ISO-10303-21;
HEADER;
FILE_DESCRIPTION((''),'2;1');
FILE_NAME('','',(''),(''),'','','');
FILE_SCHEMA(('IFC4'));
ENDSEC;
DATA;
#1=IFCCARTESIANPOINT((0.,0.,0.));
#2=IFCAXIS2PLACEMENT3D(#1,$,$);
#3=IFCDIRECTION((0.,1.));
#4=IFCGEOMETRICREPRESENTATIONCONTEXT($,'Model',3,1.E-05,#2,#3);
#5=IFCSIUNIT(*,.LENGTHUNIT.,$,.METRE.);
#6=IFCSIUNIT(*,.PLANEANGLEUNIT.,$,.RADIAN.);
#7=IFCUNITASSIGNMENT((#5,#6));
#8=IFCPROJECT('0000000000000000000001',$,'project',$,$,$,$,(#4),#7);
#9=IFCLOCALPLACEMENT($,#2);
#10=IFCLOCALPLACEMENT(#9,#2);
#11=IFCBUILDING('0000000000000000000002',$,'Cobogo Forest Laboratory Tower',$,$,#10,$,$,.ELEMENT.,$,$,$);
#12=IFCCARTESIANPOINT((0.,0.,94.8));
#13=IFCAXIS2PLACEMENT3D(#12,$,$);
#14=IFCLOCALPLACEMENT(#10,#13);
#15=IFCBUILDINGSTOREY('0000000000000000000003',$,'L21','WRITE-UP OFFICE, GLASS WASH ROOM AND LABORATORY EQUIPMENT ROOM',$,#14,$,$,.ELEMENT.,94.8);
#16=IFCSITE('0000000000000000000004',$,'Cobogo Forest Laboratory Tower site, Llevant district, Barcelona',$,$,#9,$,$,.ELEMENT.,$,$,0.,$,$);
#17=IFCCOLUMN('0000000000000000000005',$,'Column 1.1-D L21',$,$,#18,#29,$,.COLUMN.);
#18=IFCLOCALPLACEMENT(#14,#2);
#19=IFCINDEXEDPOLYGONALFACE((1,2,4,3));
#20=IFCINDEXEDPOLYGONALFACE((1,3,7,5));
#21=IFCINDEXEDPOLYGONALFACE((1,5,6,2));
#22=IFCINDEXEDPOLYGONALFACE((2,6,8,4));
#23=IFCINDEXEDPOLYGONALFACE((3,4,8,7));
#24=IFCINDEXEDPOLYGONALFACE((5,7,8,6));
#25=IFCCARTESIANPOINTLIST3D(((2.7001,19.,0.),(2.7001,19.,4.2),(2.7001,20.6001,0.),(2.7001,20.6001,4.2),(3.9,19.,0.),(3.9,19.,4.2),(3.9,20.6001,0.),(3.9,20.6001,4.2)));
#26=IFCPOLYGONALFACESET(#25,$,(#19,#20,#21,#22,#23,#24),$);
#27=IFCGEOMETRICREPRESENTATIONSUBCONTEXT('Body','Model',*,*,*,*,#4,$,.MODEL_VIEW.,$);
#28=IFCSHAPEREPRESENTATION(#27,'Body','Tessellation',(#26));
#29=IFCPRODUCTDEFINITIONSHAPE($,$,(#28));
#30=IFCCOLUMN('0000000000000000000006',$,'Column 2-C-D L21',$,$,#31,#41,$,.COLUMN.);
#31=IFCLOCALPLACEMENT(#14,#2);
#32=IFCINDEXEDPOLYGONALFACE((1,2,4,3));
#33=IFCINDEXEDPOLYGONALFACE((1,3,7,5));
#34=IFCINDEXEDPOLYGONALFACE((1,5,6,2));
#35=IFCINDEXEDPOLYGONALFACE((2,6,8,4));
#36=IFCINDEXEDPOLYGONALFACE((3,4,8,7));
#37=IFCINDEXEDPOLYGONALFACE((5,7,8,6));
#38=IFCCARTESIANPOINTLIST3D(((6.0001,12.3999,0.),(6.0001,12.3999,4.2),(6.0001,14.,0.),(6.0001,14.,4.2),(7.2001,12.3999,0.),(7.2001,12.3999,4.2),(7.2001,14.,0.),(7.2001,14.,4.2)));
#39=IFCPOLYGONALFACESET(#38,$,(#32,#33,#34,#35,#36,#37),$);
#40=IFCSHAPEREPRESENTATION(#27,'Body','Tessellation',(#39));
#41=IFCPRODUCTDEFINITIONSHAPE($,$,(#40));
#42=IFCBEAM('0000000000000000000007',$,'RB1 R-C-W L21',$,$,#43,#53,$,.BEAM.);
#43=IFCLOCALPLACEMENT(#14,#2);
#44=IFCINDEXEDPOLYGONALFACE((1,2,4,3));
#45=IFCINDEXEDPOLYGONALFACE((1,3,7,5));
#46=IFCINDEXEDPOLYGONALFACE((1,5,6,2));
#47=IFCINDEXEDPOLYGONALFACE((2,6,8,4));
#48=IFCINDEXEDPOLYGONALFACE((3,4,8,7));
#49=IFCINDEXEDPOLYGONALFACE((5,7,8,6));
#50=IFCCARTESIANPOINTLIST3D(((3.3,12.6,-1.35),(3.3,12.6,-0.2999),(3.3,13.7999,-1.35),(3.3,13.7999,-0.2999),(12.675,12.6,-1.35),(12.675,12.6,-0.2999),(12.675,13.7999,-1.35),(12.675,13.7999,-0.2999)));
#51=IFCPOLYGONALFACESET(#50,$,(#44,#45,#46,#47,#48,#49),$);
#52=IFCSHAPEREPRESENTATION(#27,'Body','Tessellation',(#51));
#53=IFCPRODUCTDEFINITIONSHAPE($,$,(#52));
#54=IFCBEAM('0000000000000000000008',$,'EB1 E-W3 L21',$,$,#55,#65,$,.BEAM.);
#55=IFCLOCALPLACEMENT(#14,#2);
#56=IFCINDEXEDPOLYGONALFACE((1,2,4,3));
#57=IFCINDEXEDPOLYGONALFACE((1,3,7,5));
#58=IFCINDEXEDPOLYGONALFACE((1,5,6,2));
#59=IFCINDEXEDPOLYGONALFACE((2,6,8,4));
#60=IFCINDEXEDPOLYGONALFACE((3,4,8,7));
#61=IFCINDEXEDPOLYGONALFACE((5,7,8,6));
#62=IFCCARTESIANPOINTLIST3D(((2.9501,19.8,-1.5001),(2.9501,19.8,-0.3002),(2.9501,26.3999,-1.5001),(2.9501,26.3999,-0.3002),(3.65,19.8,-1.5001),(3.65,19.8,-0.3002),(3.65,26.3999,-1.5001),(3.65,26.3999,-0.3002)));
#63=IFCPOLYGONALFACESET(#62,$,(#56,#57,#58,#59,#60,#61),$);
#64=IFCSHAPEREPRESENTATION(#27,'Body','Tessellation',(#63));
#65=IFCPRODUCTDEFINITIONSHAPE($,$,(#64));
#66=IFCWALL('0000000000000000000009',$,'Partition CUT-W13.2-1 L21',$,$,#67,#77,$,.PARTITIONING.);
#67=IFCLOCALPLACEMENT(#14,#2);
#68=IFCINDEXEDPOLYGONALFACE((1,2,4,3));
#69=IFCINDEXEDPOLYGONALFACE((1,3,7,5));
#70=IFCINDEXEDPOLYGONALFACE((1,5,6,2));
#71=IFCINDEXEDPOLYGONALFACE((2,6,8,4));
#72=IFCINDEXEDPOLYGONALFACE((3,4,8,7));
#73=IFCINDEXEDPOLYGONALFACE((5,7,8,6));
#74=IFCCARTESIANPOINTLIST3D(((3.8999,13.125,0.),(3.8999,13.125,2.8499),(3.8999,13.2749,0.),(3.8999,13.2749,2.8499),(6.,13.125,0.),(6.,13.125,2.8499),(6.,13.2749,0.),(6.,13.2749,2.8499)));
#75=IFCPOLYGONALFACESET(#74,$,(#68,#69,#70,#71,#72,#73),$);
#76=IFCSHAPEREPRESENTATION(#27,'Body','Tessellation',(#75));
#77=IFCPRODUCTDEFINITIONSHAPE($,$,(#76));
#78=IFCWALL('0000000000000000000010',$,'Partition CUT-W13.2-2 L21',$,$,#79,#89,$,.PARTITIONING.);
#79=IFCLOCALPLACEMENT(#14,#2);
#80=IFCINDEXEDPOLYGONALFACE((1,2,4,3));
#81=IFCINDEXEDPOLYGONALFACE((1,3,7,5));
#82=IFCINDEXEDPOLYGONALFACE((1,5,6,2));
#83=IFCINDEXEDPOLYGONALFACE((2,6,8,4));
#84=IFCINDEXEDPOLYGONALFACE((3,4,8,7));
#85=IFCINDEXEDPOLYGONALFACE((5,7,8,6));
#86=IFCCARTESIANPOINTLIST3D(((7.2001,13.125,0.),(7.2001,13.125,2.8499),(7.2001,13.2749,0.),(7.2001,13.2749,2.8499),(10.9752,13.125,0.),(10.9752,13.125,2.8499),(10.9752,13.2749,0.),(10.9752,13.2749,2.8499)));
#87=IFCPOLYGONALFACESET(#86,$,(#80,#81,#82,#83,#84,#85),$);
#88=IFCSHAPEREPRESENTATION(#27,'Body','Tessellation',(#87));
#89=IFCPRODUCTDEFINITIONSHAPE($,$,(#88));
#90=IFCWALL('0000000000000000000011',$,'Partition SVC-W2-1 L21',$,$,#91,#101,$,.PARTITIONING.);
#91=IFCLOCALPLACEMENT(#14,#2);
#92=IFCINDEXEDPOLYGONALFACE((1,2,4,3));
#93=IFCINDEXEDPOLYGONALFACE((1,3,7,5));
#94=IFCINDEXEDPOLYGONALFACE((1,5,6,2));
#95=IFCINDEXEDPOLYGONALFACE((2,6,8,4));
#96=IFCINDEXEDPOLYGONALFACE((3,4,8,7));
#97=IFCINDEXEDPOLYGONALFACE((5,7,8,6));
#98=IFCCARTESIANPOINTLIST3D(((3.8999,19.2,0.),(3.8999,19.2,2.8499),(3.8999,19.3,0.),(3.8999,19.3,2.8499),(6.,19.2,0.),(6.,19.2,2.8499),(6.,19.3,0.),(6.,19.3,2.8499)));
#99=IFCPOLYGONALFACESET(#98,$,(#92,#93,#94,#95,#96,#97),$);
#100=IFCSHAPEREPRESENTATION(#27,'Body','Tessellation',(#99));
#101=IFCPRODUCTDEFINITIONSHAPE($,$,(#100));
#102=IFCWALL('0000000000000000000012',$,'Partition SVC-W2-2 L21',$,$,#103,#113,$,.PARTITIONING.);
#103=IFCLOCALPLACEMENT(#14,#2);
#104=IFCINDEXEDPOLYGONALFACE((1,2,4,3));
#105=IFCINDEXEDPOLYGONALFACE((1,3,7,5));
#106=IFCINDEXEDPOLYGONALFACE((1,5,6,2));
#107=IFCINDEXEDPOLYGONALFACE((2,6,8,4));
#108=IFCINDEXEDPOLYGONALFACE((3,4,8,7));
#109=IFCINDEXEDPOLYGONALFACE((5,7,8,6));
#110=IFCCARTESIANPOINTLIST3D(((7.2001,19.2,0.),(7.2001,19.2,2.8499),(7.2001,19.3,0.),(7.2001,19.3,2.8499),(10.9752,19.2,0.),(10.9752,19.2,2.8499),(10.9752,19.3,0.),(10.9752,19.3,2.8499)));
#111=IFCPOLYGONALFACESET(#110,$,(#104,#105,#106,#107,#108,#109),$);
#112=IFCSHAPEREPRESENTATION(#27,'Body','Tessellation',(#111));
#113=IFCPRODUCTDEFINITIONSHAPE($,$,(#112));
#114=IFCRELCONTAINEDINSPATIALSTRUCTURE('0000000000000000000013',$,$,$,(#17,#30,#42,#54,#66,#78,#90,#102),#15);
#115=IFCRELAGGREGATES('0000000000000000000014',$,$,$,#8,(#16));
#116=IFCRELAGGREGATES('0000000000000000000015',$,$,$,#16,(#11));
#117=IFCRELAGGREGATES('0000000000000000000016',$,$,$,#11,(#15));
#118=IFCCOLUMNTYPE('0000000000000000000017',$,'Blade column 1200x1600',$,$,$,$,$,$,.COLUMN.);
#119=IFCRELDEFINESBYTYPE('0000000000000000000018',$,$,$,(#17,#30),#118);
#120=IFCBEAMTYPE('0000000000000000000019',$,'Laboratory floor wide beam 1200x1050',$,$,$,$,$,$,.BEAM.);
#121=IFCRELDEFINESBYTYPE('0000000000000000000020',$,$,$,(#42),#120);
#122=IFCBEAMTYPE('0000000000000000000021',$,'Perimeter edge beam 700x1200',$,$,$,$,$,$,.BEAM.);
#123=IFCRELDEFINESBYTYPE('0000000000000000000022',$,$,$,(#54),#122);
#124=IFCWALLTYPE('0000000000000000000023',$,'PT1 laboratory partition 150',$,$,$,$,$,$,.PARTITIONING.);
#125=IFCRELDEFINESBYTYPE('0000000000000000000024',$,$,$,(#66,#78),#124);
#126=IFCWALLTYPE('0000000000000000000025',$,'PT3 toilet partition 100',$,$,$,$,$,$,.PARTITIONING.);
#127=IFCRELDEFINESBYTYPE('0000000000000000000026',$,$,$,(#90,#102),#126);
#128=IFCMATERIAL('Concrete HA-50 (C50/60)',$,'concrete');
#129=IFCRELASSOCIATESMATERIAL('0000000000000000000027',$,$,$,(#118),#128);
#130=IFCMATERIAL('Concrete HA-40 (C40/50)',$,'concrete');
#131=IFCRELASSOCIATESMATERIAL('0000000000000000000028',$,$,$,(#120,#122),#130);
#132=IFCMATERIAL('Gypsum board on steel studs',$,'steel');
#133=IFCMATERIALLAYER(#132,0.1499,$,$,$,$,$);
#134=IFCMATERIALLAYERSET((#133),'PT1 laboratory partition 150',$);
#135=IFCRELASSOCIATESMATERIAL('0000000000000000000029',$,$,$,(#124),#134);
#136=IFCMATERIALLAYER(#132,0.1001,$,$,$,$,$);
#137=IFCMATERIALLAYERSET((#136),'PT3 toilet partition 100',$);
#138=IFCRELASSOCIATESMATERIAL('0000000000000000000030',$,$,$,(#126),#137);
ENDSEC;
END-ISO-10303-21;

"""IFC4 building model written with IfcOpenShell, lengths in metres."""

from ifc_helpers import new_model, si_unit, direction, frame, frame_2d, origin, origin_2d, place, context, subcontext, project, spatial, rectangle, extrude, material, layer, layer_set, material_profile, profile_set, type_object, element, save


model = new_model("IFC4")

# Units and contexts
model_context = context("Model", 3, precision=1e-05, world=origin(), true_north=direction((0.0, 1.0)))
body_context = subcontext(model_context, "Body", "Model", "MODEL_VIEW")
ifc_project = project(units=[si_unit("LENGTHUNIT", "METRE"), si_unit("PLANEANGLEUNIT", "RADIAN")], contexts=[model_context])

# Site, building, storey
site_placement = place(None, origin())
site = spatial("IfcSite", under=ifc_project, at=site_placement, Name="Cobogo Forest Laboratory Tower site, Llevant district, Barcelona", CompositionType="ELEMENT", RefElevation=0.0)
building_placement = place(site_placement, origin())
building = spatial("IfcBuilding", under=site, at=building_placement, Name="Cobogo Forest Laboratory Tower", CompositionType="ELEMENT")
storey_placement = place(building_placement, frame((0.0, 0.0, 94.8)))
storey = spatial("IfcBuildingStorey", under=building, at=storey_placement, Name="L21", Description="WRITE-UP OFFICE, GLASS WASH ROOM AND LABORATORY EQUIPMENT ROOM", CompositionType="ELEMENT", Elevation=94.8)

# Columns
ifc_material_1 = material(Name="Concrete HA-50 (C50/60)", Category="concrete")
ifc_material_profile_1 = material_profile(ifc_material_1, rectangle(XDim=1.6001, YDim=1.2, at=origin_2d()), Name="RC 1200x1600")
ifc_profile_set_1 = profile_set([ifc_material_profile_1], Name="Concrete HA-50 (C50/60)")
column_type = type_object("IfcColumnType", Name="Blade column 1200x1600", PredefinedType="COLUMN", material=ifc_profile_set_1)
for number, where, z_axis, x_axis, name in (
    (1, (3.3, 19.8, 0.0), (0.0, 0.0, 1.0), (0.0, 1.0, 0.0), "Column 1.1-D L21"),
    (2, (6.6001, 13.2, 0.0), (0.0, 0.0, 1.0), (0.0, 1.0, 0.0), "Column 2-C-D L21"),
):
    element("IfcColumn", number, at=place(storey_placement, frame(where, z_axis=z_axis, x_axis=x_axis)), inside=storey, type_object=column_type, Name=name, PredefinedType="COLUMN", context=body_context, shape_type="SweptSolid", body=[
        extrude(rectangle(XDim=1.6001, YDim=1.2, at=origin_2d()), origin(), (0.0, 0.0, 1.0), 4.2),
    ])

# Beams
ifc_material_2 = material(Name="Concrete HA-40 (C40/50)", Category="concrete")
ifc_material_profile_2 = material_profile(ifc_material_2, rectangle(XDim=1.2, YDim=1.05, at=origin_2d()), Name="RC 1200x1050")
ifc_profile_set_2 = profile_set([ifc_material_profile_2], Name="Concrete HA-40 (C40/50)")
beam_type_1 = type_object("IfcBeamType", Name="Laboratory floor wide beam 1200x1050", PredefinedType="BEAM", material=ifc_profile_set_2)
beam_1_placement = place(storey_placement, frame((12.675, 13.2, -0.825), z_axis=(-1.0, 0.0, 0.0), x_axis=(0.0, -1.0, 0.0)))
element("IfcBeam", 3, at=beam_1_placement, inside=storey, type_object=beam_type_1, Name="RB1 R-C-W L21", PredefinedType="BEAM", context=body_context, shape_type="SweptSolid", body=[
    extrude(rectangle(XDim=1.2, YDim=1.05, at=origin_2d()), origin(), (0.0, 0.0, 1.0), 9.375),
])
ifc_material_profile_3 = material_profile(ifc_material_2, rectangle(XDim=0.7, YDim=1.2, at=origin_2d()), Name="RC 700x1200")
ifc_profile_set_3 = profile_set([ifc_material_profile_3], Name="Concrete HA-40 (C40/50)")
beam_type_2 = type_object("IfcBeamType", Name="Perimeter edge beam 700x1200", PredefinedType="BEAM", material=ifc_profile_set_3)
beam_2_placement = place(storey_placement, frame((3.3, 19.8, -0.9001), z_axis=(0.0, 1.0, 0.0), x_axis=(-1.0, 0.0, 0.0)))
element("IfcBeam", 4, at=beam_2_placement, inside=storey, type_object=beam_type_2, Name="EB1 E-W3 L21", PredefinedType="BEAM", context=body_context, shape_type="SweptSolid", body=[
    extrude(rectangle(XDim=0.7, YDim=1.2, at=origin_2d()), origin(), (0.0, 0.0, 1.0), 6.5999),
])

# Walls
ifc_material_3 = material(Name="Gypsum board on steel studs", Category="steel")
ifc_layer_1 = layer(ifc_material_3, 0.1499)
ifc_layer_set_1 = layer_set([ifc_layer_1], Name="PT1 laboratory partition 150")
wall_type_1 = type_object("IfcWallType", Name="PT1 laboratory partition 150", PredefinedType="PARTITIONING", material=ifc_layer_set_1)
wall_1_placement = place(storey_placement, frame((3.8999, 13.2, 0.0), z_axis=(0.0, 0.0, 1.0), x_axis=(1.0, 0.0, 0.0)))
element("IfcWall", 5, at=wall_1_placement, inside=storey, type_object=wall_type_1, Name="Partition CUT-W13.2-1 L21", PredefinedType="PARTITIONING", context=body_context, shape_type="SweptSolid", body=[
    extrude(rectangle(XDim=2.1001, YDim=0.1499, at=frame_2d((1.05, 0.0))), origin(), (0.0, 0.0, 1.0), 2.8499),
])
wall_2_placement = place(storey_placement, frame((7.2, 13.2, 0.0), z_axis=(0.0, 0.0, 1.0), x_axis=(1.0, 0.0, 0.0)))
element("IfcWall", 6, at=wall_2_placement, inside=storey, type_object=wall_type_1, Name="Partition CUT-W13.2-2 L21", PredefinedType="PARTITIONING", context=body_context, shape_type="SweptSolid", body=[
    extrude(rectangle(XDim=3.7751, YDim=0.1499, at=frame_2d((1.8877, 0.0))), origin(), (0.0, 0.0, 1.0), 2.8499),
])
ifc_layer_2 = layer(ifc_material_3, 0.1001)
ifc_layer_set_2 = layer_set([ifc_layer_2], Name="PT3 toilet partition 100")
wall_type_2 = type_object("IfcWallType", Name="PT3 toilet partition 100", PredefinedType="PARTITIONING", material=ifc_layer_set_2)
wall_3_placement = place(storey_placement, frame((3.8999, 19.25, 0.0), z_axis=(0.0, 0.0, 1.0), x_axis=(1.0, 0.0, 0.0)))
element("IfcWall", 7, at=wall_3_placement, inside=storey, type_object=wall_type_2, Name="Partition SVC-W2-1 L21", PredefinedType="PARTITIONING", context=body_context, shape_type="SweptSolid", body=[
    extrude(rectangle(XDim=2.1001, YDim=0.1001, at=frame_2d((1.05, 0.0))), origin(), (0.0, 0.0, 1.0), 2.8499),
])
wall_4_placement = place(storey_placement, frame((7.2, 19.25, 0.0), z_axis=(0.0, 0.0, 1.0), x_axis=(1.0, 0.0, 0.0)))
element("IfcWall", 8, at=wall_4_placement, inside=storey, type_object=wall_type_2, Name="Partition SVC-W2-2 L21", PredefinedType="PARTITIONING", context=body_context, shape_type="SweptSolid", body=[
    extrude(rectangle(XDim=3.7751, YDim=0.1001, at=frame_2d((1.8877, 0.0))), origin(), (0.0, 0.0, 1.0), 2.8499),
])

save(model, "model.ifc")
